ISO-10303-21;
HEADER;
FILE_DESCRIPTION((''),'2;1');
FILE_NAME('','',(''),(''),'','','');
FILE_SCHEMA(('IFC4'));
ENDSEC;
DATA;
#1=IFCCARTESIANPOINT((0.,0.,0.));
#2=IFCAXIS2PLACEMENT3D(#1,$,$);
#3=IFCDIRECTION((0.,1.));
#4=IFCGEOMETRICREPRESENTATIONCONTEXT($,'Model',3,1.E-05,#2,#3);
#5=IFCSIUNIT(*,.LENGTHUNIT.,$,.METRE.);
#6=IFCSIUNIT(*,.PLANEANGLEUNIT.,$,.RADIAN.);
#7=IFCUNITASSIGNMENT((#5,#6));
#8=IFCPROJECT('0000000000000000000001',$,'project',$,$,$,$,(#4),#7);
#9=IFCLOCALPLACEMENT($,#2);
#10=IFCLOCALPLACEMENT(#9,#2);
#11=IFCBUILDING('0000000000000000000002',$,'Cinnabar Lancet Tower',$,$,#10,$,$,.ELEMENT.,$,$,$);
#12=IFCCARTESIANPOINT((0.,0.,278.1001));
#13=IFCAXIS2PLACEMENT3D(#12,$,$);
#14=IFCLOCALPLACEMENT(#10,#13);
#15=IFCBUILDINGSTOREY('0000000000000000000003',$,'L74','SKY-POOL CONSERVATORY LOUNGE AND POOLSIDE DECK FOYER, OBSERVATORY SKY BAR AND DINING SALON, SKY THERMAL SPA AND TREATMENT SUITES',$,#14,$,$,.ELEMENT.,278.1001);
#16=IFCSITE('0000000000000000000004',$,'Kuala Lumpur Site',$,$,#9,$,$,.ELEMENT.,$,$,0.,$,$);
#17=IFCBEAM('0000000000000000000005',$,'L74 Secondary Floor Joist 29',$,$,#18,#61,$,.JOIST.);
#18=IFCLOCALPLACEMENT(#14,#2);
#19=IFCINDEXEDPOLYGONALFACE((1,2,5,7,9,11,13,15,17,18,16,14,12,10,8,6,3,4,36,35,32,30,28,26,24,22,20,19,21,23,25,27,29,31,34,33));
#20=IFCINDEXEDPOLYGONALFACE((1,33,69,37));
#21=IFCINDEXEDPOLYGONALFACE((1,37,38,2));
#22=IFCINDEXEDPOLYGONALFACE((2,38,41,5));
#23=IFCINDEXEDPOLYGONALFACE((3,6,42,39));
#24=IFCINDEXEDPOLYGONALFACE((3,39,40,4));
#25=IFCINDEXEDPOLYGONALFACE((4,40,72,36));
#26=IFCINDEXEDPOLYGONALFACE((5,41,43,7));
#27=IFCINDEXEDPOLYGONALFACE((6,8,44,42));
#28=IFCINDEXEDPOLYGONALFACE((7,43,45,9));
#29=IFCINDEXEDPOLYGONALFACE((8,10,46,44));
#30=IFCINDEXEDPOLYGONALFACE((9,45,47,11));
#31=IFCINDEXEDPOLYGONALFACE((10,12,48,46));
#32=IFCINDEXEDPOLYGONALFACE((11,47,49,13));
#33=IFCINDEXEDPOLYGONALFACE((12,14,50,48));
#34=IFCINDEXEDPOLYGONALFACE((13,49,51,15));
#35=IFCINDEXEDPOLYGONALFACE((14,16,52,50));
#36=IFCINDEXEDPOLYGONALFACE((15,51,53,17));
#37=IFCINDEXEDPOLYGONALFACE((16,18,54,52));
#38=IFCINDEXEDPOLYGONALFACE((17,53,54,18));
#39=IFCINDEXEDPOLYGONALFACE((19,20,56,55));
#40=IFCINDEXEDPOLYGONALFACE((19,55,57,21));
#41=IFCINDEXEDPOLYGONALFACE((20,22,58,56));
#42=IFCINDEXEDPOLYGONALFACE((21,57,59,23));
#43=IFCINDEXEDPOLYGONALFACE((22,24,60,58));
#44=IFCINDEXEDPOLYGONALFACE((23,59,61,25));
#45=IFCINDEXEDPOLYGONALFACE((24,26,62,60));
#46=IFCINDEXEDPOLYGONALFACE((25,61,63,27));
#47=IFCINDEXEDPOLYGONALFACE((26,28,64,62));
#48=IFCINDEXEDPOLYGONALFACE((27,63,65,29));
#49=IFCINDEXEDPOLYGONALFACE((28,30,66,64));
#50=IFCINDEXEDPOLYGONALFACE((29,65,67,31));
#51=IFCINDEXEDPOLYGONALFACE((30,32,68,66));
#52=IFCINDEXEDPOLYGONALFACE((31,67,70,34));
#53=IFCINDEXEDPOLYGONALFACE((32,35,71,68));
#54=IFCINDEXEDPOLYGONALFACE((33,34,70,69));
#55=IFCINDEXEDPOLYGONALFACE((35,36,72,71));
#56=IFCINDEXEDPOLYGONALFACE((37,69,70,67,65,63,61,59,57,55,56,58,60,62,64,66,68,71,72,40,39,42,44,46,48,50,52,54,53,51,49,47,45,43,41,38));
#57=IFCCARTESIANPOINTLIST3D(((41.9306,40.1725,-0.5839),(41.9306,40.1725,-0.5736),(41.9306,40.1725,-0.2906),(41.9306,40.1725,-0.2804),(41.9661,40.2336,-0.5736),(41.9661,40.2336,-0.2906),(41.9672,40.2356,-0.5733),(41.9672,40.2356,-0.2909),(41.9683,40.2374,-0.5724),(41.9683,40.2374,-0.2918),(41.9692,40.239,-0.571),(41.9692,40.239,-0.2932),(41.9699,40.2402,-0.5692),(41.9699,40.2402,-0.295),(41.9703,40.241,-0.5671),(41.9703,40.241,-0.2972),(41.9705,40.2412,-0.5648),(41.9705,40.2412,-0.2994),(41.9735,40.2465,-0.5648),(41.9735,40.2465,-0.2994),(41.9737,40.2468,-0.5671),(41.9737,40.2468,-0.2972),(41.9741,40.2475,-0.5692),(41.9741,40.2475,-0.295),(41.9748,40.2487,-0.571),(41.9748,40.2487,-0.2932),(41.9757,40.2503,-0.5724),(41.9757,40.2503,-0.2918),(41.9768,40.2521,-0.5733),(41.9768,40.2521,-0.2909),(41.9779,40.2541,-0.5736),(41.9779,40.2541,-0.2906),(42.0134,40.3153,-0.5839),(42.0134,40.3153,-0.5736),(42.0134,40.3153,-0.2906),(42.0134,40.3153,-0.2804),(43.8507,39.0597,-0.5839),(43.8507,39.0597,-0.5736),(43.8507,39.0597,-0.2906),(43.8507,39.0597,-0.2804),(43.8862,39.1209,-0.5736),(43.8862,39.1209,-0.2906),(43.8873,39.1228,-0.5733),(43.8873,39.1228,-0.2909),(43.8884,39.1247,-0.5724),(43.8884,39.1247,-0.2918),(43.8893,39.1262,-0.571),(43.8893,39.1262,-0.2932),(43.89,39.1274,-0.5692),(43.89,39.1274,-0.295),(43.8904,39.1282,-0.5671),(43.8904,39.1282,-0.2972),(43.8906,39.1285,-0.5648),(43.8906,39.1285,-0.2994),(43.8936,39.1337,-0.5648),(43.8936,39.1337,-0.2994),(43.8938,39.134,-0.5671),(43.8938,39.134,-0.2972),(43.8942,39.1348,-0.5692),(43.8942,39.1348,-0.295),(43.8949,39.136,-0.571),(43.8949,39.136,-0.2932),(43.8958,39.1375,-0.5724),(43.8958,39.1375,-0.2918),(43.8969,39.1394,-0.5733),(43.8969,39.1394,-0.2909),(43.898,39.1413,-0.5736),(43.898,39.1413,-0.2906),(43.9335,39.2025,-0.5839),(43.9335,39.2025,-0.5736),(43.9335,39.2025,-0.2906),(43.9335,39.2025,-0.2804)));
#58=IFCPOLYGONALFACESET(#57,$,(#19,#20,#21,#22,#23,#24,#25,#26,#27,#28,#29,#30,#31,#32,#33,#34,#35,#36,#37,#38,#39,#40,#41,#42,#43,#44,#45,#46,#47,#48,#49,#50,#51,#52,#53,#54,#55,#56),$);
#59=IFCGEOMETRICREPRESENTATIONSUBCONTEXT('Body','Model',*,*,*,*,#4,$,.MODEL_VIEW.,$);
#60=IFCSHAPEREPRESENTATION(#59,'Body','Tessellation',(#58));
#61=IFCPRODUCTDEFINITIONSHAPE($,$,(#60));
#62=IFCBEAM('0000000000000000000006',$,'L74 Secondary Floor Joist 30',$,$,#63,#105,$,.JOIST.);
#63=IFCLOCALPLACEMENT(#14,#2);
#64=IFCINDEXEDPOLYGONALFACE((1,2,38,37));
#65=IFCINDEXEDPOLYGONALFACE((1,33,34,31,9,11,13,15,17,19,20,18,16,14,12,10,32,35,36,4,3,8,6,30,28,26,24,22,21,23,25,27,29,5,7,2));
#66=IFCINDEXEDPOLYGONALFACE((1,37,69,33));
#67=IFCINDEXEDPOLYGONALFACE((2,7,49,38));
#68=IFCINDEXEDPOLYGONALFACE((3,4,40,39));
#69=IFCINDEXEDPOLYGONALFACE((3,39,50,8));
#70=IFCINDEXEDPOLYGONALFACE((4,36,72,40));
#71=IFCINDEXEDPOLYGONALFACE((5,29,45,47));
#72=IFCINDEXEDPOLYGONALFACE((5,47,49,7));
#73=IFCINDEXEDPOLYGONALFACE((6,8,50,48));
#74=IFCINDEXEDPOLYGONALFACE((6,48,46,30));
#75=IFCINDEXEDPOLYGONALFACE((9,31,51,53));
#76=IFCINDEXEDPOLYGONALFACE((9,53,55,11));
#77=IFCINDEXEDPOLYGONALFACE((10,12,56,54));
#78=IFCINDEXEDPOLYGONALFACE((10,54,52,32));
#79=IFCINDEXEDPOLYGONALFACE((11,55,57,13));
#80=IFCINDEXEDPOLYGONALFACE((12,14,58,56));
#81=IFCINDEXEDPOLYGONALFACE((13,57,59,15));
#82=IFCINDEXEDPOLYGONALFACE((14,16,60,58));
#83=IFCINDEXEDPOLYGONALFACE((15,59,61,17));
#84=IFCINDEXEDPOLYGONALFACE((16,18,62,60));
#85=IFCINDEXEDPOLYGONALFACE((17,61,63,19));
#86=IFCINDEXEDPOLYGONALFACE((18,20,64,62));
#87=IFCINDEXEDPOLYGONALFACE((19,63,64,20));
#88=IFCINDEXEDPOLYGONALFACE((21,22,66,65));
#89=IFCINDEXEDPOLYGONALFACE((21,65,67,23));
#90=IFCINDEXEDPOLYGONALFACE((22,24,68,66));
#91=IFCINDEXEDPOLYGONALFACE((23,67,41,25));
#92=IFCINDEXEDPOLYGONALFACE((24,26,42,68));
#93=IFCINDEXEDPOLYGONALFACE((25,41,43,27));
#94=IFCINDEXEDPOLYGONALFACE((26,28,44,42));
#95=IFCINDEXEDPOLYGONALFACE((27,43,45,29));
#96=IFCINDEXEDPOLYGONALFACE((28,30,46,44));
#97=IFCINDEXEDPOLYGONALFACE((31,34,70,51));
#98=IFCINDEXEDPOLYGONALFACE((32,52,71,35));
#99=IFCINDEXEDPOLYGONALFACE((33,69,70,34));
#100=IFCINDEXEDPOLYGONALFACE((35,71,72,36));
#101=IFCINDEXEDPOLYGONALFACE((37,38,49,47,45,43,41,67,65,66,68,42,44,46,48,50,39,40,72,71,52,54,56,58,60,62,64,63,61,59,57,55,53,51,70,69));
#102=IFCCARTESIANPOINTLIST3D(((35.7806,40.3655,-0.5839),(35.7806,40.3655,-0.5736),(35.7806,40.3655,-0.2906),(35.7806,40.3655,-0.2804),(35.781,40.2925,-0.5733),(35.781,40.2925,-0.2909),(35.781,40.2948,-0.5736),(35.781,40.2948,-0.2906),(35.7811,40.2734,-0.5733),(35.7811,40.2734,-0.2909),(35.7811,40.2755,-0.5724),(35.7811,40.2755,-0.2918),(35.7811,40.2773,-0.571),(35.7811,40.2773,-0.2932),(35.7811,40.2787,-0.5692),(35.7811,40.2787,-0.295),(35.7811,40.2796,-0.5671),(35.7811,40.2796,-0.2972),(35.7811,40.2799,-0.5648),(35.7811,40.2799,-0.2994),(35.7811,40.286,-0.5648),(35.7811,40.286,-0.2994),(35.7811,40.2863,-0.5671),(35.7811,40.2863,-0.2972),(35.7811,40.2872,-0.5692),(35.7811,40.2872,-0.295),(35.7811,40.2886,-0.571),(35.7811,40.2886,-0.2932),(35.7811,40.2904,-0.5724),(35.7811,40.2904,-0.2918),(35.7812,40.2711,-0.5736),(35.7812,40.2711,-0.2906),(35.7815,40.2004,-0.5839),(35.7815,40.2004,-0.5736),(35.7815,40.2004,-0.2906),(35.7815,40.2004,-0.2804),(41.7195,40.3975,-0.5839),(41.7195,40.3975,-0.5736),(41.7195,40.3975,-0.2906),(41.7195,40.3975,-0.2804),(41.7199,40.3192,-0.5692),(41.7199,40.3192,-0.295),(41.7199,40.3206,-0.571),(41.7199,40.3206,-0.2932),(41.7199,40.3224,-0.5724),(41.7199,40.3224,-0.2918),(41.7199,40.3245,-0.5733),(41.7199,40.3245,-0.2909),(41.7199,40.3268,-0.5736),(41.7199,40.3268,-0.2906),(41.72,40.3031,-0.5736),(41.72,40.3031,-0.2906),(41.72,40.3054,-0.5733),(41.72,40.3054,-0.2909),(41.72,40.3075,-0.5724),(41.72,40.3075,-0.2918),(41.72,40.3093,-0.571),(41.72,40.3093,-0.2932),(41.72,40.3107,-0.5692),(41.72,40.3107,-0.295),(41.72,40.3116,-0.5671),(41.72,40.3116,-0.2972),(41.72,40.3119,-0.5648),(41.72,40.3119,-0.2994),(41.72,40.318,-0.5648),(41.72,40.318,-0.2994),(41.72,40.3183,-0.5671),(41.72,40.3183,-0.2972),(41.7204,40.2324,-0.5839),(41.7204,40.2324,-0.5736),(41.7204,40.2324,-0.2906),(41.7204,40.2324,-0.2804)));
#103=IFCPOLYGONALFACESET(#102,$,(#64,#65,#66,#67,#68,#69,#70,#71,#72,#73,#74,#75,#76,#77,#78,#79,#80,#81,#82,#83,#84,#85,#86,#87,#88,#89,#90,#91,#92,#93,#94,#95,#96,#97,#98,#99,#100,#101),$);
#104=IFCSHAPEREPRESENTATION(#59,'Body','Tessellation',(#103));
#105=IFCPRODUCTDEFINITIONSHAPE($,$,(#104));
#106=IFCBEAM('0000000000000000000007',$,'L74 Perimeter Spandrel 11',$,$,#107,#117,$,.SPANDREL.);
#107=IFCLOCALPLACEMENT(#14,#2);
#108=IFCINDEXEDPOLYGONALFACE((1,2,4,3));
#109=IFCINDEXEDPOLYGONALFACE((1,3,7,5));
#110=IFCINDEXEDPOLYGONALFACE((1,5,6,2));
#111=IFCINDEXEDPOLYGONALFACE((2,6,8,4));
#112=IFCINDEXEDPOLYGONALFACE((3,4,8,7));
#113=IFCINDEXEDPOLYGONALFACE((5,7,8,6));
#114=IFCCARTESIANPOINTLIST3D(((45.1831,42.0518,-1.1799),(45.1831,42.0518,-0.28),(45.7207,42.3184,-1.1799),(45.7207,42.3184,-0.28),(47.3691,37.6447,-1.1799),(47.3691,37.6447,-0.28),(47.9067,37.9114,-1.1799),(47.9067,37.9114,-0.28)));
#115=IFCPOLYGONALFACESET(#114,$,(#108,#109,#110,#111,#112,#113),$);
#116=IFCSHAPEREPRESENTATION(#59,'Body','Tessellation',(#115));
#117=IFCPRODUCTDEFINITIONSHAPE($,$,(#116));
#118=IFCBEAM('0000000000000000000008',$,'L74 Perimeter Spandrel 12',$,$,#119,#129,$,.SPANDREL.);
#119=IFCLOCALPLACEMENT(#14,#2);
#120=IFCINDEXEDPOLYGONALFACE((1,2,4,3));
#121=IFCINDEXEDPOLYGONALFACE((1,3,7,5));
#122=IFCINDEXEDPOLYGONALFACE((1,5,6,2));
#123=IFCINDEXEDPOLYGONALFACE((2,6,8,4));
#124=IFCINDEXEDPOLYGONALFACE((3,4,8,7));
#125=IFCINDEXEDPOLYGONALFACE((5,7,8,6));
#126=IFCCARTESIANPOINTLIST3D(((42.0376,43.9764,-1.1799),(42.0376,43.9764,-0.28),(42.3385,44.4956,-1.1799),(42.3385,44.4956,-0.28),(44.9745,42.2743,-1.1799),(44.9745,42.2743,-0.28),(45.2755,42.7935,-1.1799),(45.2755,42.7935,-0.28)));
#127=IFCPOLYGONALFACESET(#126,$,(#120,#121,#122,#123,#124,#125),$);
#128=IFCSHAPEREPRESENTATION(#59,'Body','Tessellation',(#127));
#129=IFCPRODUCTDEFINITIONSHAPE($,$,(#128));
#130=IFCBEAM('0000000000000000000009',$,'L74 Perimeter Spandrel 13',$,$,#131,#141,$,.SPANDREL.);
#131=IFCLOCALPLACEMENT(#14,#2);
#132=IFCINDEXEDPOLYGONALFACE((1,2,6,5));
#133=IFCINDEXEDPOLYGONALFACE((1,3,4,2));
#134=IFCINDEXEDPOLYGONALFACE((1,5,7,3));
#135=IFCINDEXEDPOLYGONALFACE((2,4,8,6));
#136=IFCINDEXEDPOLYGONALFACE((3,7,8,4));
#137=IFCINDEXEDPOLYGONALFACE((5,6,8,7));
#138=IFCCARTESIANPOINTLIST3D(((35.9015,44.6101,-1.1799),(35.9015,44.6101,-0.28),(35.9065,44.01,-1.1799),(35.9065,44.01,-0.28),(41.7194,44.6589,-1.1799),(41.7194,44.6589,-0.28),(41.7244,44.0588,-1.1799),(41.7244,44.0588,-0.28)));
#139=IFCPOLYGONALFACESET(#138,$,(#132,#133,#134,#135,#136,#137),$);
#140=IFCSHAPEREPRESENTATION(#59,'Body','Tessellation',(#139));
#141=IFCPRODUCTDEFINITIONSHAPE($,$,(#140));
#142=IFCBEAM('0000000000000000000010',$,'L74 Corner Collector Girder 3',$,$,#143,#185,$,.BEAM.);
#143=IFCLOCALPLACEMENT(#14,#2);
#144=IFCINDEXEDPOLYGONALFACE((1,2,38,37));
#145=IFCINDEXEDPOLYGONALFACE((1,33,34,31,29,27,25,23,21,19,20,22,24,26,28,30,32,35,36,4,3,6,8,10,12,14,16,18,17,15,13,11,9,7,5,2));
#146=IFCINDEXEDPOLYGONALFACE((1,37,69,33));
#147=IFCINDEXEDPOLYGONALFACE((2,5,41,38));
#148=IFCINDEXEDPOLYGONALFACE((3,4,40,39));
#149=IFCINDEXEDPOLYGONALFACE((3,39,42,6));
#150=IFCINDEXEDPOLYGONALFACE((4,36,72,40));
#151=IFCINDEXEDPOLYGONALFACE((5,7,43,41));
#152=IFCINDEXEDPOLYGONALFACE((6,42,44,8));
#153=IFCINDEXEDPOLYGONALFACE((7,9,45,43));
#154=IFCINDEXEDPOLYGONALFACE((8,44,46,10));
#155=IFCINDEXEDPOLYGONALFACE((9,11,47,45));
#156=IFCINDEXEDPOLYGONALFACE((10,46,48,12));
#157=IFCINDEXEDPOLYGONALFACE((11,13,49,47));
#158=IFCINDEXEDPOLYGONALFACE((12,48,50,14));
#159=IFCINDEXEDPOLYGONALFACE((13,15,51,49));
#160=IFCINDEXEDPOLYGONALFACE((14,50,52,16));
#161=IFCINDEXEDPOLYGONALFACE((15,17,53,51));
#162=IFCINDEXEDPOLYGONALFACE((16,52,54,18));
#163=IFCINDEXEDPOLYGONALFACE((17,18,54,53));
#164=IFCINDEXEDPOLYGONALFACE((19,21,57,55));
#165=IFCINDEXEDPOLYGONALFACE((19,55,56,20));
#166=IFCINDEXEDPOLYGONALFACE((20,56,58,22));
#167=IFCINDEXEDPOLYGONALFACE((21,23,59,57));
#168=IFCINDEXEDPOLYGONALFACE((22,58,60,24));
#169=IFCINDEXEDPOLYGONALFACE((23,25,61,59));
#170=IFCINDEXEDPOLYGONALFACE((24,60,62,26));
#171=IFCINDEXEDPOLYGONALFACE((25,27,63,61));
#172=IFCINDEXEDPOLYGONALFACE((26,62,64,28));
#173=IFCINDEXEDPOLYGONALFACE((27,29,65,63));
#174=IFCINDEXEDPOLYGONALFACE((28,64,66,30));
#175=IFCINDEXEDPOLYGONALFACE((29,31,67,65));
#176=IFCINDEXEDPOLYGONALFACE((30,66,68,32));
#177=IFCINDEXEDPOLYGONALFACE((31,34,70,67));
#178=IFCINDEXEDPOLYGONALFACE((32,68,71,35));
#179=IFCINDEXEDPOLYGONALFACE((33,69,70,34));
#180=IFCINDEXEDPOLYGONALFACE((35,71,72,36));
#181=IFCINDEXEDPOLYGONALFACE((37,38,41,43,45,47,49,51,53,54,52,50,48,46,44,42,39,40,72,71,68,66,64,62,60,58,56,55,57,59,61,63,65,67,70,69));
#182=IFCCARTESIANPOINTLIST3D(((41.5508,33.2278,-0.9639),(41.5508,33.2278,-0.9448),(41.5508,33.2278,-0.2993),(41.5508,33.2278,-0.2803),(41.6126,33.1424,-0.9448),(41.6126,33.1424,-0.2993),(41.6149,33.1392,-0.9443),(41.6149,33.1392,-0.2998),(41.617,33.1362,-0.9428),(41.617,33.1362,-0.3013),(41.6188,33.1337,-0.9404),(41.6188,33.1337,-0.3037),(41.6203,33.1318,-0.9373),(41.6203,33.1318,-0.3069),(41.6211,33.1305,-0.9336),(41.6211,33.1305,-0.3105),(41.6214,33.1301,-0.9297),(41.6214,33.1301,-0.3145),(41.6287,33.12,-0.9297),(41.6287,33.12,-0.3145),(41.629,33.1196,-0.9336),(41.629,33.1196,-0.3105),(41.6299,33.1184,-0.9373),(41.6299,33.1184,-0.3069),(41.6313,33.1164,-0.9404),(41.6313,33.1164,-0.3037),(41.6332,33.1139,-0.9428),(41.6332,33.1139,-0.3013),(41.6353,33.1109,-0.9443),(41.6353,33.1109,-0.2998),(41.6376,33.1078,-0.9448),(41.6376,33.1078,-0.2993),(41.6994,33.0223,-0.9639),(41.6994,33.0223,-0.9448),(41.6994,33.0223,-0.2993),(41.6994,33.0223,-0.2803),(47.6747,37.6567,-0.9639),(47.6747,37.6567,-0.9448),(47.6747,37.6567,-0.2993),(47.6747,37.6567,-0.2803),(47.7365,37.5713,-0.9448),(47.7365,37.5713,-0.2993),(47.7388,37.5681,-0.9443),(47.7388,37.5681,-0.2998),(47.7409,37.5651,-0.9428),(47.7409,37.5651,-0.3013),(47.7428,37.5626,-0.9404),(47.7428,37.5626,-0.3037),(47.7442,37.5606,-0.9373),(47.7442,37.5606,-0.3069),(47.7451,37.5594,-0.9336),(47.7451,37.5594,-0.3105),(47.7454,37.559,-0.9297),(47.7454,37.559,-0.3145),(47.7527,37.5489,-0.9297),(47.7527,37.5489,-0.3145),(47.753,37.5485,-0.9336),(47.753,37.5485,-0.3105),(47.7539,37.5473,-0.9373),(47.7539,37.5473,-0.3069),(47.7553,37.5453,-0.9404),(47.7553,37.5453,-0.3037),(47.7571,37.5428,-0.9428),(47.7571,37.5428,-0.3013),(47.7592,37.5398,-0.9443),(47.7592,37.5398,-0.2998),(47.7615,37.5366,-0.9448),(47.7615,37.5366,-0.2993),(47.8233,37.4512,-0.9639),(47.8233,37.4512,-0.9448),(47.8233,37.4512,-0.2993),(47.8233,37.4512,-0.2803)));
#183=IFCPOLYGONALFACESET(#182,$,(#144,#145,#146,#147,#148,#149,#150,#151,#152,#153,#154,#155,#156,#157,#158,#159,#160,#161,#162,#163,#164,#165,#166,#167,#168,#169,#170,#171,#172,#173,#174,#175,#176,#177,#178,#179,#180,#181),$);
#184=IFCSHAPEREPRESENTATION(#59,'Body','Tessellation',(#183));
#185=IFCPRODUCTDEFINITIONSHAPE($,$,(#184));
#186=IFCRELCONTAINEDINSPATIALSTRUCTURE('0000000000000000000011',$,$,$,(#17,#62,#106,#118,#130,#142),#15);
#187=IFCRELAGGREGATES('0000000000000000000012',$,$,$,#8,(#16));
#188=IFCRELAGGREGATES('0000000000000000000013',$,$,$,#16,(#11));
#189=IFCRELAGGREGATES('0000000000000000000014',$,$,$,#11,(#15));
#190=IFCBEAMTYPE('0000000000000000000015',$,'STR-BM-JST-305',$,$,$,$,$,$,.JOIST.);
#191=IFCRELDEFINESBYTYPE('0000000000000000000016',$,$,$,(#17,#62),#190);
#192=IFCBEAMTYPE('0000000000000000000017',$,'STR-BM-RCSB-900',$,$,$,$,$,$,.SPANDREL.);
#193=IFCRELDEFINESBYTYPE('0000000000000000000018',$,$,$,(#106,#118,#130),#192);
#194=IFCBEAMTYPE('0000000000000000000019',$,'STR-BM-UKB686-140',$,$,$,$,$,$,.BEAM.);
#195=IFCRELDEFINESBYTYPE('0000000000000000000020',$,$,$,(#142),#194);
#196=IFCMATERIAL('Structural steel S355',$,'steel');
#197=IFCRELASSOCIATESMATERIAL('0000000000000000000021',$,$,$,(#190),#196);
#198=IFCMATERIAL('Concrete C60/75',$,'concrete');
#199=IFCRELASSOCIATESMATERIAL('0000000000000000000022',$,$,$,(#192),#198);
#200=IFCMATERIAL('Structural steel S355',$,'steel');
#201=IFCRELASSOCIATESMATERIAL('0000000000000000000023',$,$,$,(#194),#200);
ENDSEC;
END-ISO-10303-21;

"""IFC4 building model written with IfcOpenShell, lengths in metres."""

from ifc_helpers import new_model, si_unit, direction, frame, origin, origin_2d, place, context, subcontext, project, spatial, rectangle, i_section, extrude, material, material_profile, profile_set, type_object, element, save


model = new_model("IFC4")

# Units and contexts
model_context = context("Model", 3, precision=1e-05, world=origin(), true_north=direction((0.0, 1.0)))
body_context = subcontext(model_context, "Body", "Model", "MODEL_VIEW")
ifc_project = project(units=[si_unit("LENGTHUNIT", "METRE"), si_unit("PLANEANGLEUNIT", "RADIAN")], contexts=[model_context])

# Site, building, storey
site_placement = place(None, origin())
site = spatial("IfcSite", under=ifc_project, at=site_placement, Name="Kuala Lumpur Site", CompositionType="ELEMENT", RefElevation=0.0)
building_placement = place(site_placement, origin())
building = spatial("IfcBuilding", under=site, at=building_placement, Name="Cinnabar Lancet Tower", CompositionType="ELEMENT")
storey_placement = place(building_placement, frame((0.0, 0.0, 278.1001)))
storey = spatial("IfcBuildingStorey", under=building, at=storey_placement, Name="L74", Description="SKY-POOL CONSERVATORY LOUNGE AND POOLSIDE DECK FOYER, OBSERVATORY SKY BAR AND DINING SALON, SKY THERMAL SPA AND TREATMENT SUITES", CompositionType="ELEMENT", Elevation=278.1001)

# Beams
ifc_material_1 = material(Name="Structural steel S355", Category="steel")
ifc_material_profile_1 = material_profile(ifc_material_1, i_section(OverallWidth=0.165, OverallDepth=0.3035, WebThickness=0.0061, FlangeThickness=0.0103, FilletRadius=0.0088, at=origin_2d()), Name="UKB 305x165x40")
ifc_profile_set_1 = profile_set([ifc_material_profile_1], Name="Structural steel S355")
beam_type_1 = type_object("IfcBeamType", Name="STR-BM-JST-305", PredefinedType="JOIST", material=ifc_profile_set_1)
beam_1_placement = place(storey_placement, frame((43.8921, 39.1311, -0.4321), z_axis=(-0.865208, 0.501413, 0.0), x_axis=(-0.501413, -0.865208, 0.0)))
element("IfcBeam", 1, at=beam_1_placement, inside=storey, type_object=beam_type_1, Name="L74 Secondary Floor Joist 29", PredefinedType="JOIST", context=body_context, shape_type="SweptSolid", body=[
    extrude(i_section(OverallWidth=0.165, OverallDepth=0.3035, WebThickness=0.0061, FlangeThickness=0.0103, FilletRadius=0.0088, at=origin_2d()), origin(), (0.0, 0.0, 1.0), 2.2192),
])
beam_2_placement = place(storey_placement, frame((41.72, 40.3149, -0.4321), z_axis=(-0.999986, -0.005385, 0.0), x_axis=(0.005385, -0.999986, 0.0)))
element("IfcBeam", 2, at=beam_2_placement, inside=storey, type_object=beam_type_1, Name="L74 Secondary Floor Joist 30", PredefinedType="JOIST", context=body_context, shape_type="SweptSolid", body=[
    extrude(i_section(OverallWidth=0.165, OverallDepth=0.3035, WebThickness=0.0061, FlangeThickness=0.0103, FilletRadius=0.0088, at=origin_2d()), origin(), (0.0, 0.0, 1.0), 5.939),
])
ifc_material_2 = material(Name="Concrete C60/75", Category="concrete")
ifc_material_profile_2 = material_profile(ifc_material_2, rectangle(XDim=0.6001, YDim=0.8999, at=origin_2d()), Name="RC-SB 600x900")
ifc_profile_set_2 = profile_set([ifc_material_profile_2], Name="Concrete C60/75")
beam_type_2 = type_object("IfcBeamType", Name="STR-BM-RCSB-900", PredefinedType="SPANDREL", material=ifc_profile_set_2)
beam_3_placement = place(storey_placement, frame((47.6379, 37.7781, -0.73), z_axis=(-0.444373, 0.895842, 0.0), x_axis=(-0.895842, -0.444373, 0.0)))
element("IfcBeam", 3, at=beam_3_placement, inside=storey, type_object=beam_type_2, Name="L74 Perimeter Spandrel 11", PredefinedType="SPANDREL", context=body_context, shape_type="SweptSolid", body=[
    extrude(rectangle(XDim=0.6001, YDim=0.8999, at=origin_2d()), origin(), (0.0, 0.0, 1.0), 4.9194),
])
beam_4_placement = place(storey_placement, frame((45.125, 42.5339, -0.73), z_axis=(-0.8652, 0.501427, 0.0), x_axis=(-0.501427, -0.8652, 0.0)))
element("IfcBeam", 4, at=beam_4_placement, inside=storey, type_object=beam_type_2, Name="L74 Perimeter Spandrel 12", PredefinedType="SPANDREL", context=body_context, shape_type="SweptSolid", body=[
    extrude(rectangle(XDim=0.6001, YDim=0.8999, at=origin_2d()), origin(), (0.0, 0.0, 1.0), 3.3945),
])
beam_5_placement = place(storey_placement, frame((41.7219, 44.3589, -0.73), z_axis=(-0.999965, -0.008392, 0.0), x_axis=(0.008392, -0.999965, 0.0)))
element("IfcBeam", 5, at=beam_5_placement, inside=storey, type_object=beam_type_2, Name="L74 Perimeter Spandrel 13", PredefinedType="SPANDREL", context=body_context, shape_type="SweptSolid", body=[
    extrude(rectangle(XDim=0.6001, YDim=0.8999, at=origin_2d()), origin(), (0.0, 0.0, 1.0), 5.8181),
])
ifc_material_3 = material(Name="Structural steel S355", Category="steel")
ifc_material_profile_3 = material_profile(ifc_material_3, i_section(OverallWidth=0.2537, OverallDepth=0.6836, WebThickness=0.0125, FlangeThickness=0.019, FilletRadius=0.0151, at=origin_2d()), Name="UKB 686x254x140")
ifc_profile_set_3 = profile_set([ifc_material_profile_3], Name="Structural steel S355")
beam_type_3 = type_object("IfcBeamType", Name="STR-BM-UKB686-140", PredefinedType="BEAM", material=ifc_profile_set_3)
beam_6_placement = place(storey_placement, frame((47.749, 37.554, -0.6221), z_axis=(-0.810299, -0.586016, 0.0), x_axis=(0.586016, -0.810299, 0.0)))
element("IfcBeam", 6, at=beam_6_placement, inside=storey, type_object=beam_type_3, Name="L74 Corner Collector Girder 3", PredefinedType="BEAM", context=body_context, shape_type="SweptSolid", body=[
    extrude(i_section(OverallWidth=0.2537, OverallDepth=0.6836, WebThickness=0.0125, FlangeThickness=0.019, FilletRadius=0.0151, at=origin_2d()), origin(), (0.0, 0.0, 1.0), 7.5576),
])

save(model, "model.ifc")
